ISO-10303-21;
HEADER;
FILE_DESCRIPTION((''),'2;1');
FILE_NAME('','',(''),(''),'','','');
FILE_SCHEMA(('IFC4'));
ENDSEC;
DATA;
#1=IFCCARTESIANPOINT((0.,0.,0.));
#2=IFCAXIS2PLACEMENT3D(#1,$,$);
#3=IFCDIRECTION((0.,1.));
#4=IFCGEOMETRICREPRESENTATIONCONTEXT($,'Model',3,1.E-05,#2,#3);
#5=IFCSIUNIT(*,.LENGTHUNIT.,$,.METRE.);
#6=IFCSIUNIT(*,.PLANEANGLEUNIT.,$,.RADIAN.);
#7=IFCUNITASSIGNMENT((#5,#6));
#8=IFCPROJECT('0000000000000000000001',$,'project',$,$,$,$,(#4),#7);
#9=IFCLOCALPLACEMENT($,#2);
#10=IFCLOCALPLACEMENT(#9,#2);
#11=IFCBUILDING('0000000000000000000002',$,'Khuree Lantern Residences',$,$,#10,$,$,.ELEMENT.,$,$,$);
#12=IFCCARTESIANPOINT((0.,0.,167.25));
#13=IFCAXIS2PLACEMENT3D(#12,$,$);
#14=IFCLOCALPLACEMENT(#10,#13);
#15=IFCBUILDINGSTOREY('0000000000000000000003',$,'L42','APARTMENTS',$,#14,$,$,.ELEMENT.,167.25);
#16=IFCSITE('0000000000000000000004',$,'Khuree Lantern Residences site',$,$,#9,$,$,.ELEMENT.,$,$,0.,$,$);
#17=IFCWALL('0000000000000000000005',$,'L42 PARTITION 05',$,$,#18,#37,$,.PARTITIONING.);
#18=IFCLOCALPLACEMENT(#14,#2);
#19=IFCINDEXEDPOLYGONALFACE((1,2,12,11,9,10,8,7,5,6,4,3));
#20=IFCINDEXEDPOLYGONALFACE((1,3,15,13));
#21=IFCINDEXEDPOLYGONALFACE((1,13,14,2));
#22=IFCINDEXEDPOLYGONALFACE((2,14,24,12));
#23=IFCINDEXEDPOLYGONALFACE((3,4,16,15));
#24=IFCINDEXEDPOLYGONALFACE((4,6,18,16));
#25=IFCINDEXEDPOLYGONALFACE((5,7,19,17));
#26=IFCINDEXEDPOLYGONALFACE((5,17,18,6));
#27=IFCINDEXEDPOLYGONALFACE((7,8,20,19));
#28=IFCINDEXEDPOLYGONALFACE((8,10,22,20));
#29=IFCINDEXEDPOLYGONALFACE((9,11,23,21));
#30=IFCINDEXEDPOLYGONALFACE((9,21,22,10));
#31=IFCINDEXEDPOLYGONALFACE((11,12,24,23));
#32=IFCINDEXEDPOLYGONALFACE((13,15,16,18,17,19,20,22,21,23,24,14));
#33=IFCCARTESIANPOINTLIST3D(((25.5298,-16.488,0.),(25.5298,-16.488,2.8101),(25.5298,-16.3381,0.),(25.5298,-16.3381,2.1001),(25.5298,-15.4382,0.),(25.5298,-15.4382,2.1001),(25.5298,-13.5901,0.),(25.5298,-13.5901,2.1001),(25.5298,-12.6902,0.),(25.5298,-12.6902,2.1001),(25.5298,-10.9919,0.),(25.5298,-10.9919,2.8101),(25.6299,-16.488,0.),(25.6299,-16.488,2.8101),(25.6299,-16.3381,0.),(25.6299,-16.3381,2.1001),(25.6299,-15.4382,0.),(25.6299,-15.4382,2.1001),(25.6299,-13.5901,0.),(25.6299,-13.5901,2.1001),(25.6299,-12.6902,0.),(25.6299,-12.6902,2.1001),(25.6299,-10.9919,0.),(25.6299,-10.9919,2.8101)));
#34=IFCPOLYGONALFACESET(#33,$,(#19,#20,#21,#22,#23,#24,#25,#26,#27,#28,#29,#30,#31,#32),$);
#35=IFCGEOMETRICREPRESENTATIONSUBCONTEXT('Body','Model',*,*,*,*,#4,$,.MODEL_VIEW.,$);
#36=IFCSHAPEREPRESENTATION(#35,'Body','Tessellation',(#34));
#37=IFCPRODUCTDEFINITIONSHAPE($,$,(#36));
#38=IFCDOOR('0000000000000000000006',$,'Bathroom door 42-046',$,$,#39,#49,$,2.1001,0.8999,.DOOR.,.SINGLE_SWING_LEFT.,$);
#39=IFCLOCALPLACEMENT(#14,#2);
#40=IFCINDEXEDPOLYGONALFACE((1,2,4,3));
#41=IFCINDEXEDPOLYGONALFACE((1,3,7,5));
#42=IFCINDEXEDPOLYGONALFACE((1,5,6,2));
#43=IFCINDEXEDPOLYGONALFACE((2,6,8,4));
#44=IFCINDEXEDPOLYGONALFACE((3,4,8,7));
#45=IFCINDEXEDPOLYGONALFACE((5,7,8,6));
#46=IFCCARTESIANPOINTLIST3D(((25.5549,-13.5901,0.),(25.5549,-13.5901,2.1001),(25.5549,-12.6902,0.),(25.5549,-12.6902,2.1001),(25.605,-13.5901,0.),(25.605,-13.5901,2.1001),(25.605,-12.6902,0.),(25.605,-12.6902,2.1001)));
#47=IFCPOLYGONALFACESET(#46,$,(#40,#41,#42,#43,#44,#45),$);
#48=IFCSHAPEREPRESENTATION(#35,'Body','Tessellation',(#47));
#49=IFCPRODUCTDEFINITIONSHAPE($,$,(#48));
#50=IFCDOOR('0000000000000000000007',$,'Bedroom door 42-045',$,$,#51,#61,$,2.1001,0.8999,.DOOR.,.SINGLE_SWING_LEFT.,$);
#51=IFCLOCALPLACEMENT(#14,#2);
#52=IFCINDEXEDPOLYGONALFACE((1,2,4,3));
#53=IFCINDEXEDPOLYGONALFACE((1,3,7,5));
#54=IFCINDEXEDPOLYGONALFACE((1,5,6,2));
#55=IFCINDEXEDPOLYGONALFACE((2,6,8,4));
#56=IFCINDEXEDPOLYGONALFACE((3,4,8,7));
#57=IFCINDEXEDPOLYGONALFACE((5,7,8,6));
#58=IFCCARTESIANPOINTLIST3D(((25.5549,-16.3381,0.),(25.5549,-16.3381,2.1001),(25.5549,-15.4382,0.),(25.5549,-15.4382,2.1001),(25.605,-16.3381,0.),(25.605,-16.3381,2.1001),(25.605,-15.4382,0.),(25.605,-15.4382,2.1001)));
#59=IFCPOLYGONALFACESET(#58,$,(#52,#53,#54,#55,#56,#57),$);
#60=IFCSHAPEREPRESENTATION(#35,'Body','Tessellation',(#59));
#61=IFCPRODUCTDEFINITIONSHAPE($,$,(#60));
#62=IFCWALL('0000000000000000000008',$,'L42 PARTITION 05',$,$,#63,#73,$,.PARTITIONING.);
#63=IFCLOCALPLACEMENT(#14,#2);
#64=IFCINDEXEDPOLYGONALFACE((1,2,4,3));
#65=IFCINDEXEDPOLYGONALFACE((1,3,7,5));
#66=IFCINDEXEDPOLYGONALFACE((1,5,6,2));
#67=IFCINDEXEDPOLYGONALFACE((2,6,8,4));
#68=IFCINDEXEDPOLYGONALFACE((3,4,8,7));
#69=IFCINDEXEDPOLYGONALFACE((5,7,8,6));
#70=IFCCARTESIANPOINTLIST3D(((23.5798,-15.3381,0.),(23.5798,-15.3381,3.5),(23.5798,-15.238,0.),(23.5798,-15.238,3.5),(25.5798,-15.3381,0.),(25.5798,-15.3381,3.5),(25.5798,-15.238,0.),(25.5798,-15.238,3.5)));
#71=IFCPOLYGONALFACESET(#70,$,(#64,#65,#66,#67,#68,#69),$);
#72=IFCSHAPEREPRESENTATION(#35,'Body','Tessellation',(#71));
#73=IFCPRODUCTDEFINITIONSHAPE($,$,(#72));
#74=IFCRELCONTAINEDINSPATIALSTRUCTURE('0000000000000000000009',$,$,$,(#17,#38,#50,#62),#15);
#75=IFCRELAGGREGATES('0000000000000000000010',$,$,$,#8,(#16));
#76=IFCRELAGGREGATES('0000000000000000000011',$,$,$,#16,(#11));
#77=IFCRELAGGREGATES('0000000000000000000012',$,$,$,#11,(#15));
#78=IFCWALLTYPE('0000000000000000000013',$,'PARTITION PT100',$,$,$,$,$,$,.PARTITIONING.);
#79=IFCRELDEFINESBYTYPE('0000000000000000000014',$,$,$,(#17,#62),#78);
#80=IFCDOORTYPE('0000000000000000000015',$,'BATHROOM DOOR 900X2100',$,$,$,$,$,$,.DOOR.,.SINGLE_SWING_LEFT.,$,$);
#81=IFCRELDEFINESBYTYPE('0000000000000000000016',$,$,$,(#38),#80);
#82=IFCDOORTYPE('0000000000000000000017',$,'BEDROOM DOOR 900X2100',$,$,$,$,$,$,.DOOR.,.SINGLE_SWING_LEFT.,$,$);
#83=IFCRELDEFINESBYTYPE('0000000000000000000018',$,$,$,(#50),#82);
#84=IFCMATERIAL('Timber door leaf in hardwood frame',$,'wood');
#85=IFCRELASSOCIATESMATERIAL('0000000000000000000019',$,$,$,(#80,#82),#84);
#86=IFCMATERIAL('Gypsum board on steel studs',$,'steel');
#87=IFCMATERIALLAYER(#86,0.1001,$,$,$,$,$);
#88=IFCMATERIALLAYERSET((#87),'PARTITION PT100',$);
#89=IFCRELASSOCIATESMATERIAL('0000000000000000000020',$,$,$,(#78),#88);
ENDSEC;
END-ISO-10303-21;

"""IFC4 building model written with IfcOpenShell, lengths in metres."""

from ifc_helpers import new_model, si_unit, direction, frame, frame_2d, origin, place, context, subcontext, project, spatial, rectangle, extrude, material, layer, layer_set, type_object, element, fill, save


model = new_model("IFC4")

# Units and contexts
model_context = context("Model", 3, precision=1e-05, world=origin(), true_north=direction((0.0, 1.0)))
body_context = subcontext(model_context, "Body", "Model", "MODEL_VIEW")
ifc_project = project(units=[si_unit("LENGTHUNIT", "METRE"), si_unit("PLANEANGLEUNIT", "RADIAN")], contexts=[model_context])

# Site, building, storey
site_placement = place(None, origin())
site = spatial("IfcSite", under=ifc_project, at=site_placement, Name="Khuree Lantern Residences site", CompositionType="ELEMENT", RefElevation=0.0)
building_placement = place(site_placement, origin())
building = spatial("IfcBuilding", under=site, at=building_placement, Name="Khuree Lantern Residences", CompositionType="ELEMENT")
storey_placement = place(building_placement, frame((0.0, 0.0, 167.25)))
storey = spatial("IfcBuildingStorey", under=building, at=storey_placement, Name="L42", Description="APARTMENTS", CompositionType="ELEMENT", Elevation=167.25)

# Shared definitions
ifc_material_1 = material(Name="Timber door leaf in hardwood frame", Category="wood")
door_type_1 = type_object("IfcDoorType", Name="BATHROOM DOOR 900X2100", OperationType="SINGLE_SWING_LEFT", PredefinedType="DOOR", material=ifc_material_1)

# Shared definitions
ifc_material_2 = material(Name="Gypsum board on steel studs", Category="steel")

# Shared definitions
ifc_layer_1 = layer(ifc_material_2, 0.1001)
ifc_layer_set_1 = layer_set([ifc_layer_1], Name="PARTITION PT100")
wall_type_1 = type_object("IfcWallType", Name="PARTITION PT100", PredefinedType="PARTITIONING", material=ifc_layer_set_1)

# Shared definitions
door_type_2 = type_object("IfcDoorType", Name="BEDROOM DOOR 900X2100", OperationType="SINGLE_SWING_LEFT", PredefinedType="DOOR", material=ifc_material_1)

# Wall, openings, doors
wall_1_placement = place(storey_placement, frame((25.5798, -16.488, 0.0), z_axis=(0.0, 0.0, 1.0), x_axis=(0.0, 1.0, 0.0)))
wall_1 = element("IfcWall", 1, at=wall_1_placement, inside=storey, type_object=wall_type_1, Name="L42 PARTITION 05", PredefinedType="PARTITIONING", context=body_context, shape_type="SweptSolid", body=[
    extrude(rectangle(XDim=5.4961, YDim=0.1001, at=frame_2d((2.748, 0.0))), origin(), (0.0, 0.0, 1.0), 2.8101),
])
opening_1_placement = place(wall_1_placement, frame((0.1499, 0.0, 0.0)))
opening_1 = element("IfcOpeningElement", 2, at=opening_1_placement, cuts=wall_1, PredefinedType="OPENING", context=body_context, shape_type="SweptSolid", body=[
    extrude(rectangle(XDim=0.8999, YDim=2.1001, at=frame_2d((0.45, 1.05))), frame((0.0, 0.0601, 0.0), z_axis=(0.0, -1.0, 0.0), x_axis=(1.0, 0.0, 0.0)), (0.0, 0.0, 1.0), 0.1201),
])
opening_2_placement = place(wall_1_placement, frame((2.8979, 0.0, 0.0)))
opening_2 = element("IfcOpeningElement", 3, at=opening_2_placement, cuts=wall_1, PredefinedType="OPENING", context=body_context, shape_type="SweptSolid", body=[
    extrude(rectangle(XDim=0.8999, YDim=2.1001, at=frame_2d((0.45, 1.05))), frame((0.0, 0.0601, 0.0), z_axis=(0.0, -1.0, 0.0), x_axis=(1.0, 0.0, 0.0)), (0.0, 0.0, 1.0), 0.1201),
])
door_1_placement = place(opening_2_placement, origin())
door_1 = element("IfcDoor", 4, at=door_1_placement, inside=storey, type_object=door_type_1, Name="Bathroom door 42-046", OperationType="SINGLE_SWING_LEFT", OverallHeight=2.1001, OverallWidth=0.8999, PredefinedType="DOOR", context=body_context, shape_type="SweptSolid", body=[
    extrude(rectangle(XDim=0.8999, YDim=2.1001, at=frame_2d((0.45, 1.05))), frame((0.0, 0.0249, 0.0), z_axis=(0.0, -1.0, 0.0), x_axis=(1.0, 0.0, 0.0)), (0.0, 0.0, 1.0), 0.05),
])
fill(opening_2, door_1)
door_2_placement = place(opening_1_placement, origin())
door_2 = element("IfcDoor", 5, at=door_2_placement, inside=storey, type_object=door_type_2, Name="Bedroom door 42-045", OperationType="SINGLE_SWING_LEFT", OverallHeight=2.1001, OverallWidth=0.8999, PredefinedType="DOOR", context=body_context, shape_type="SweptSolid", body=[
    extrude(rectangle(XDim=0.8999, YDim=2.1001, at=frame_2d((0.45, 1.05))), frame((0.0, 0.0249, 0.0), z_axis=(0.0, -1.0, 0.0), x_axis=(1.0, 0.0, 0.0)), (0.0, 0.0, 1.0), 0.05),
])
fill(opening_1, door_2)

# Wall
wall_2_placement = place(storey_placement, frame((23.5798, -15.2881, 0.0), z_axis=(0.0, 0.0, 1.0), x_axis=(1.0, 0.0, 0.0)))
element("IfcWall", 6, at=wall_2_placement, inside=storey, type_object=wall_type_1, Name="L42 PARTITION 05", PredefinedType="PARTITIONING", context=body_context, shape_type="SweptSolid", body=[
    extrude(rectangle(XDim=2.0, YDim=0.1001, at=frame_2d((1.0, 0.0))), origin(), (0.0, 0.0, 1.0), 3.5),
])

save(model, "model.ifc")
